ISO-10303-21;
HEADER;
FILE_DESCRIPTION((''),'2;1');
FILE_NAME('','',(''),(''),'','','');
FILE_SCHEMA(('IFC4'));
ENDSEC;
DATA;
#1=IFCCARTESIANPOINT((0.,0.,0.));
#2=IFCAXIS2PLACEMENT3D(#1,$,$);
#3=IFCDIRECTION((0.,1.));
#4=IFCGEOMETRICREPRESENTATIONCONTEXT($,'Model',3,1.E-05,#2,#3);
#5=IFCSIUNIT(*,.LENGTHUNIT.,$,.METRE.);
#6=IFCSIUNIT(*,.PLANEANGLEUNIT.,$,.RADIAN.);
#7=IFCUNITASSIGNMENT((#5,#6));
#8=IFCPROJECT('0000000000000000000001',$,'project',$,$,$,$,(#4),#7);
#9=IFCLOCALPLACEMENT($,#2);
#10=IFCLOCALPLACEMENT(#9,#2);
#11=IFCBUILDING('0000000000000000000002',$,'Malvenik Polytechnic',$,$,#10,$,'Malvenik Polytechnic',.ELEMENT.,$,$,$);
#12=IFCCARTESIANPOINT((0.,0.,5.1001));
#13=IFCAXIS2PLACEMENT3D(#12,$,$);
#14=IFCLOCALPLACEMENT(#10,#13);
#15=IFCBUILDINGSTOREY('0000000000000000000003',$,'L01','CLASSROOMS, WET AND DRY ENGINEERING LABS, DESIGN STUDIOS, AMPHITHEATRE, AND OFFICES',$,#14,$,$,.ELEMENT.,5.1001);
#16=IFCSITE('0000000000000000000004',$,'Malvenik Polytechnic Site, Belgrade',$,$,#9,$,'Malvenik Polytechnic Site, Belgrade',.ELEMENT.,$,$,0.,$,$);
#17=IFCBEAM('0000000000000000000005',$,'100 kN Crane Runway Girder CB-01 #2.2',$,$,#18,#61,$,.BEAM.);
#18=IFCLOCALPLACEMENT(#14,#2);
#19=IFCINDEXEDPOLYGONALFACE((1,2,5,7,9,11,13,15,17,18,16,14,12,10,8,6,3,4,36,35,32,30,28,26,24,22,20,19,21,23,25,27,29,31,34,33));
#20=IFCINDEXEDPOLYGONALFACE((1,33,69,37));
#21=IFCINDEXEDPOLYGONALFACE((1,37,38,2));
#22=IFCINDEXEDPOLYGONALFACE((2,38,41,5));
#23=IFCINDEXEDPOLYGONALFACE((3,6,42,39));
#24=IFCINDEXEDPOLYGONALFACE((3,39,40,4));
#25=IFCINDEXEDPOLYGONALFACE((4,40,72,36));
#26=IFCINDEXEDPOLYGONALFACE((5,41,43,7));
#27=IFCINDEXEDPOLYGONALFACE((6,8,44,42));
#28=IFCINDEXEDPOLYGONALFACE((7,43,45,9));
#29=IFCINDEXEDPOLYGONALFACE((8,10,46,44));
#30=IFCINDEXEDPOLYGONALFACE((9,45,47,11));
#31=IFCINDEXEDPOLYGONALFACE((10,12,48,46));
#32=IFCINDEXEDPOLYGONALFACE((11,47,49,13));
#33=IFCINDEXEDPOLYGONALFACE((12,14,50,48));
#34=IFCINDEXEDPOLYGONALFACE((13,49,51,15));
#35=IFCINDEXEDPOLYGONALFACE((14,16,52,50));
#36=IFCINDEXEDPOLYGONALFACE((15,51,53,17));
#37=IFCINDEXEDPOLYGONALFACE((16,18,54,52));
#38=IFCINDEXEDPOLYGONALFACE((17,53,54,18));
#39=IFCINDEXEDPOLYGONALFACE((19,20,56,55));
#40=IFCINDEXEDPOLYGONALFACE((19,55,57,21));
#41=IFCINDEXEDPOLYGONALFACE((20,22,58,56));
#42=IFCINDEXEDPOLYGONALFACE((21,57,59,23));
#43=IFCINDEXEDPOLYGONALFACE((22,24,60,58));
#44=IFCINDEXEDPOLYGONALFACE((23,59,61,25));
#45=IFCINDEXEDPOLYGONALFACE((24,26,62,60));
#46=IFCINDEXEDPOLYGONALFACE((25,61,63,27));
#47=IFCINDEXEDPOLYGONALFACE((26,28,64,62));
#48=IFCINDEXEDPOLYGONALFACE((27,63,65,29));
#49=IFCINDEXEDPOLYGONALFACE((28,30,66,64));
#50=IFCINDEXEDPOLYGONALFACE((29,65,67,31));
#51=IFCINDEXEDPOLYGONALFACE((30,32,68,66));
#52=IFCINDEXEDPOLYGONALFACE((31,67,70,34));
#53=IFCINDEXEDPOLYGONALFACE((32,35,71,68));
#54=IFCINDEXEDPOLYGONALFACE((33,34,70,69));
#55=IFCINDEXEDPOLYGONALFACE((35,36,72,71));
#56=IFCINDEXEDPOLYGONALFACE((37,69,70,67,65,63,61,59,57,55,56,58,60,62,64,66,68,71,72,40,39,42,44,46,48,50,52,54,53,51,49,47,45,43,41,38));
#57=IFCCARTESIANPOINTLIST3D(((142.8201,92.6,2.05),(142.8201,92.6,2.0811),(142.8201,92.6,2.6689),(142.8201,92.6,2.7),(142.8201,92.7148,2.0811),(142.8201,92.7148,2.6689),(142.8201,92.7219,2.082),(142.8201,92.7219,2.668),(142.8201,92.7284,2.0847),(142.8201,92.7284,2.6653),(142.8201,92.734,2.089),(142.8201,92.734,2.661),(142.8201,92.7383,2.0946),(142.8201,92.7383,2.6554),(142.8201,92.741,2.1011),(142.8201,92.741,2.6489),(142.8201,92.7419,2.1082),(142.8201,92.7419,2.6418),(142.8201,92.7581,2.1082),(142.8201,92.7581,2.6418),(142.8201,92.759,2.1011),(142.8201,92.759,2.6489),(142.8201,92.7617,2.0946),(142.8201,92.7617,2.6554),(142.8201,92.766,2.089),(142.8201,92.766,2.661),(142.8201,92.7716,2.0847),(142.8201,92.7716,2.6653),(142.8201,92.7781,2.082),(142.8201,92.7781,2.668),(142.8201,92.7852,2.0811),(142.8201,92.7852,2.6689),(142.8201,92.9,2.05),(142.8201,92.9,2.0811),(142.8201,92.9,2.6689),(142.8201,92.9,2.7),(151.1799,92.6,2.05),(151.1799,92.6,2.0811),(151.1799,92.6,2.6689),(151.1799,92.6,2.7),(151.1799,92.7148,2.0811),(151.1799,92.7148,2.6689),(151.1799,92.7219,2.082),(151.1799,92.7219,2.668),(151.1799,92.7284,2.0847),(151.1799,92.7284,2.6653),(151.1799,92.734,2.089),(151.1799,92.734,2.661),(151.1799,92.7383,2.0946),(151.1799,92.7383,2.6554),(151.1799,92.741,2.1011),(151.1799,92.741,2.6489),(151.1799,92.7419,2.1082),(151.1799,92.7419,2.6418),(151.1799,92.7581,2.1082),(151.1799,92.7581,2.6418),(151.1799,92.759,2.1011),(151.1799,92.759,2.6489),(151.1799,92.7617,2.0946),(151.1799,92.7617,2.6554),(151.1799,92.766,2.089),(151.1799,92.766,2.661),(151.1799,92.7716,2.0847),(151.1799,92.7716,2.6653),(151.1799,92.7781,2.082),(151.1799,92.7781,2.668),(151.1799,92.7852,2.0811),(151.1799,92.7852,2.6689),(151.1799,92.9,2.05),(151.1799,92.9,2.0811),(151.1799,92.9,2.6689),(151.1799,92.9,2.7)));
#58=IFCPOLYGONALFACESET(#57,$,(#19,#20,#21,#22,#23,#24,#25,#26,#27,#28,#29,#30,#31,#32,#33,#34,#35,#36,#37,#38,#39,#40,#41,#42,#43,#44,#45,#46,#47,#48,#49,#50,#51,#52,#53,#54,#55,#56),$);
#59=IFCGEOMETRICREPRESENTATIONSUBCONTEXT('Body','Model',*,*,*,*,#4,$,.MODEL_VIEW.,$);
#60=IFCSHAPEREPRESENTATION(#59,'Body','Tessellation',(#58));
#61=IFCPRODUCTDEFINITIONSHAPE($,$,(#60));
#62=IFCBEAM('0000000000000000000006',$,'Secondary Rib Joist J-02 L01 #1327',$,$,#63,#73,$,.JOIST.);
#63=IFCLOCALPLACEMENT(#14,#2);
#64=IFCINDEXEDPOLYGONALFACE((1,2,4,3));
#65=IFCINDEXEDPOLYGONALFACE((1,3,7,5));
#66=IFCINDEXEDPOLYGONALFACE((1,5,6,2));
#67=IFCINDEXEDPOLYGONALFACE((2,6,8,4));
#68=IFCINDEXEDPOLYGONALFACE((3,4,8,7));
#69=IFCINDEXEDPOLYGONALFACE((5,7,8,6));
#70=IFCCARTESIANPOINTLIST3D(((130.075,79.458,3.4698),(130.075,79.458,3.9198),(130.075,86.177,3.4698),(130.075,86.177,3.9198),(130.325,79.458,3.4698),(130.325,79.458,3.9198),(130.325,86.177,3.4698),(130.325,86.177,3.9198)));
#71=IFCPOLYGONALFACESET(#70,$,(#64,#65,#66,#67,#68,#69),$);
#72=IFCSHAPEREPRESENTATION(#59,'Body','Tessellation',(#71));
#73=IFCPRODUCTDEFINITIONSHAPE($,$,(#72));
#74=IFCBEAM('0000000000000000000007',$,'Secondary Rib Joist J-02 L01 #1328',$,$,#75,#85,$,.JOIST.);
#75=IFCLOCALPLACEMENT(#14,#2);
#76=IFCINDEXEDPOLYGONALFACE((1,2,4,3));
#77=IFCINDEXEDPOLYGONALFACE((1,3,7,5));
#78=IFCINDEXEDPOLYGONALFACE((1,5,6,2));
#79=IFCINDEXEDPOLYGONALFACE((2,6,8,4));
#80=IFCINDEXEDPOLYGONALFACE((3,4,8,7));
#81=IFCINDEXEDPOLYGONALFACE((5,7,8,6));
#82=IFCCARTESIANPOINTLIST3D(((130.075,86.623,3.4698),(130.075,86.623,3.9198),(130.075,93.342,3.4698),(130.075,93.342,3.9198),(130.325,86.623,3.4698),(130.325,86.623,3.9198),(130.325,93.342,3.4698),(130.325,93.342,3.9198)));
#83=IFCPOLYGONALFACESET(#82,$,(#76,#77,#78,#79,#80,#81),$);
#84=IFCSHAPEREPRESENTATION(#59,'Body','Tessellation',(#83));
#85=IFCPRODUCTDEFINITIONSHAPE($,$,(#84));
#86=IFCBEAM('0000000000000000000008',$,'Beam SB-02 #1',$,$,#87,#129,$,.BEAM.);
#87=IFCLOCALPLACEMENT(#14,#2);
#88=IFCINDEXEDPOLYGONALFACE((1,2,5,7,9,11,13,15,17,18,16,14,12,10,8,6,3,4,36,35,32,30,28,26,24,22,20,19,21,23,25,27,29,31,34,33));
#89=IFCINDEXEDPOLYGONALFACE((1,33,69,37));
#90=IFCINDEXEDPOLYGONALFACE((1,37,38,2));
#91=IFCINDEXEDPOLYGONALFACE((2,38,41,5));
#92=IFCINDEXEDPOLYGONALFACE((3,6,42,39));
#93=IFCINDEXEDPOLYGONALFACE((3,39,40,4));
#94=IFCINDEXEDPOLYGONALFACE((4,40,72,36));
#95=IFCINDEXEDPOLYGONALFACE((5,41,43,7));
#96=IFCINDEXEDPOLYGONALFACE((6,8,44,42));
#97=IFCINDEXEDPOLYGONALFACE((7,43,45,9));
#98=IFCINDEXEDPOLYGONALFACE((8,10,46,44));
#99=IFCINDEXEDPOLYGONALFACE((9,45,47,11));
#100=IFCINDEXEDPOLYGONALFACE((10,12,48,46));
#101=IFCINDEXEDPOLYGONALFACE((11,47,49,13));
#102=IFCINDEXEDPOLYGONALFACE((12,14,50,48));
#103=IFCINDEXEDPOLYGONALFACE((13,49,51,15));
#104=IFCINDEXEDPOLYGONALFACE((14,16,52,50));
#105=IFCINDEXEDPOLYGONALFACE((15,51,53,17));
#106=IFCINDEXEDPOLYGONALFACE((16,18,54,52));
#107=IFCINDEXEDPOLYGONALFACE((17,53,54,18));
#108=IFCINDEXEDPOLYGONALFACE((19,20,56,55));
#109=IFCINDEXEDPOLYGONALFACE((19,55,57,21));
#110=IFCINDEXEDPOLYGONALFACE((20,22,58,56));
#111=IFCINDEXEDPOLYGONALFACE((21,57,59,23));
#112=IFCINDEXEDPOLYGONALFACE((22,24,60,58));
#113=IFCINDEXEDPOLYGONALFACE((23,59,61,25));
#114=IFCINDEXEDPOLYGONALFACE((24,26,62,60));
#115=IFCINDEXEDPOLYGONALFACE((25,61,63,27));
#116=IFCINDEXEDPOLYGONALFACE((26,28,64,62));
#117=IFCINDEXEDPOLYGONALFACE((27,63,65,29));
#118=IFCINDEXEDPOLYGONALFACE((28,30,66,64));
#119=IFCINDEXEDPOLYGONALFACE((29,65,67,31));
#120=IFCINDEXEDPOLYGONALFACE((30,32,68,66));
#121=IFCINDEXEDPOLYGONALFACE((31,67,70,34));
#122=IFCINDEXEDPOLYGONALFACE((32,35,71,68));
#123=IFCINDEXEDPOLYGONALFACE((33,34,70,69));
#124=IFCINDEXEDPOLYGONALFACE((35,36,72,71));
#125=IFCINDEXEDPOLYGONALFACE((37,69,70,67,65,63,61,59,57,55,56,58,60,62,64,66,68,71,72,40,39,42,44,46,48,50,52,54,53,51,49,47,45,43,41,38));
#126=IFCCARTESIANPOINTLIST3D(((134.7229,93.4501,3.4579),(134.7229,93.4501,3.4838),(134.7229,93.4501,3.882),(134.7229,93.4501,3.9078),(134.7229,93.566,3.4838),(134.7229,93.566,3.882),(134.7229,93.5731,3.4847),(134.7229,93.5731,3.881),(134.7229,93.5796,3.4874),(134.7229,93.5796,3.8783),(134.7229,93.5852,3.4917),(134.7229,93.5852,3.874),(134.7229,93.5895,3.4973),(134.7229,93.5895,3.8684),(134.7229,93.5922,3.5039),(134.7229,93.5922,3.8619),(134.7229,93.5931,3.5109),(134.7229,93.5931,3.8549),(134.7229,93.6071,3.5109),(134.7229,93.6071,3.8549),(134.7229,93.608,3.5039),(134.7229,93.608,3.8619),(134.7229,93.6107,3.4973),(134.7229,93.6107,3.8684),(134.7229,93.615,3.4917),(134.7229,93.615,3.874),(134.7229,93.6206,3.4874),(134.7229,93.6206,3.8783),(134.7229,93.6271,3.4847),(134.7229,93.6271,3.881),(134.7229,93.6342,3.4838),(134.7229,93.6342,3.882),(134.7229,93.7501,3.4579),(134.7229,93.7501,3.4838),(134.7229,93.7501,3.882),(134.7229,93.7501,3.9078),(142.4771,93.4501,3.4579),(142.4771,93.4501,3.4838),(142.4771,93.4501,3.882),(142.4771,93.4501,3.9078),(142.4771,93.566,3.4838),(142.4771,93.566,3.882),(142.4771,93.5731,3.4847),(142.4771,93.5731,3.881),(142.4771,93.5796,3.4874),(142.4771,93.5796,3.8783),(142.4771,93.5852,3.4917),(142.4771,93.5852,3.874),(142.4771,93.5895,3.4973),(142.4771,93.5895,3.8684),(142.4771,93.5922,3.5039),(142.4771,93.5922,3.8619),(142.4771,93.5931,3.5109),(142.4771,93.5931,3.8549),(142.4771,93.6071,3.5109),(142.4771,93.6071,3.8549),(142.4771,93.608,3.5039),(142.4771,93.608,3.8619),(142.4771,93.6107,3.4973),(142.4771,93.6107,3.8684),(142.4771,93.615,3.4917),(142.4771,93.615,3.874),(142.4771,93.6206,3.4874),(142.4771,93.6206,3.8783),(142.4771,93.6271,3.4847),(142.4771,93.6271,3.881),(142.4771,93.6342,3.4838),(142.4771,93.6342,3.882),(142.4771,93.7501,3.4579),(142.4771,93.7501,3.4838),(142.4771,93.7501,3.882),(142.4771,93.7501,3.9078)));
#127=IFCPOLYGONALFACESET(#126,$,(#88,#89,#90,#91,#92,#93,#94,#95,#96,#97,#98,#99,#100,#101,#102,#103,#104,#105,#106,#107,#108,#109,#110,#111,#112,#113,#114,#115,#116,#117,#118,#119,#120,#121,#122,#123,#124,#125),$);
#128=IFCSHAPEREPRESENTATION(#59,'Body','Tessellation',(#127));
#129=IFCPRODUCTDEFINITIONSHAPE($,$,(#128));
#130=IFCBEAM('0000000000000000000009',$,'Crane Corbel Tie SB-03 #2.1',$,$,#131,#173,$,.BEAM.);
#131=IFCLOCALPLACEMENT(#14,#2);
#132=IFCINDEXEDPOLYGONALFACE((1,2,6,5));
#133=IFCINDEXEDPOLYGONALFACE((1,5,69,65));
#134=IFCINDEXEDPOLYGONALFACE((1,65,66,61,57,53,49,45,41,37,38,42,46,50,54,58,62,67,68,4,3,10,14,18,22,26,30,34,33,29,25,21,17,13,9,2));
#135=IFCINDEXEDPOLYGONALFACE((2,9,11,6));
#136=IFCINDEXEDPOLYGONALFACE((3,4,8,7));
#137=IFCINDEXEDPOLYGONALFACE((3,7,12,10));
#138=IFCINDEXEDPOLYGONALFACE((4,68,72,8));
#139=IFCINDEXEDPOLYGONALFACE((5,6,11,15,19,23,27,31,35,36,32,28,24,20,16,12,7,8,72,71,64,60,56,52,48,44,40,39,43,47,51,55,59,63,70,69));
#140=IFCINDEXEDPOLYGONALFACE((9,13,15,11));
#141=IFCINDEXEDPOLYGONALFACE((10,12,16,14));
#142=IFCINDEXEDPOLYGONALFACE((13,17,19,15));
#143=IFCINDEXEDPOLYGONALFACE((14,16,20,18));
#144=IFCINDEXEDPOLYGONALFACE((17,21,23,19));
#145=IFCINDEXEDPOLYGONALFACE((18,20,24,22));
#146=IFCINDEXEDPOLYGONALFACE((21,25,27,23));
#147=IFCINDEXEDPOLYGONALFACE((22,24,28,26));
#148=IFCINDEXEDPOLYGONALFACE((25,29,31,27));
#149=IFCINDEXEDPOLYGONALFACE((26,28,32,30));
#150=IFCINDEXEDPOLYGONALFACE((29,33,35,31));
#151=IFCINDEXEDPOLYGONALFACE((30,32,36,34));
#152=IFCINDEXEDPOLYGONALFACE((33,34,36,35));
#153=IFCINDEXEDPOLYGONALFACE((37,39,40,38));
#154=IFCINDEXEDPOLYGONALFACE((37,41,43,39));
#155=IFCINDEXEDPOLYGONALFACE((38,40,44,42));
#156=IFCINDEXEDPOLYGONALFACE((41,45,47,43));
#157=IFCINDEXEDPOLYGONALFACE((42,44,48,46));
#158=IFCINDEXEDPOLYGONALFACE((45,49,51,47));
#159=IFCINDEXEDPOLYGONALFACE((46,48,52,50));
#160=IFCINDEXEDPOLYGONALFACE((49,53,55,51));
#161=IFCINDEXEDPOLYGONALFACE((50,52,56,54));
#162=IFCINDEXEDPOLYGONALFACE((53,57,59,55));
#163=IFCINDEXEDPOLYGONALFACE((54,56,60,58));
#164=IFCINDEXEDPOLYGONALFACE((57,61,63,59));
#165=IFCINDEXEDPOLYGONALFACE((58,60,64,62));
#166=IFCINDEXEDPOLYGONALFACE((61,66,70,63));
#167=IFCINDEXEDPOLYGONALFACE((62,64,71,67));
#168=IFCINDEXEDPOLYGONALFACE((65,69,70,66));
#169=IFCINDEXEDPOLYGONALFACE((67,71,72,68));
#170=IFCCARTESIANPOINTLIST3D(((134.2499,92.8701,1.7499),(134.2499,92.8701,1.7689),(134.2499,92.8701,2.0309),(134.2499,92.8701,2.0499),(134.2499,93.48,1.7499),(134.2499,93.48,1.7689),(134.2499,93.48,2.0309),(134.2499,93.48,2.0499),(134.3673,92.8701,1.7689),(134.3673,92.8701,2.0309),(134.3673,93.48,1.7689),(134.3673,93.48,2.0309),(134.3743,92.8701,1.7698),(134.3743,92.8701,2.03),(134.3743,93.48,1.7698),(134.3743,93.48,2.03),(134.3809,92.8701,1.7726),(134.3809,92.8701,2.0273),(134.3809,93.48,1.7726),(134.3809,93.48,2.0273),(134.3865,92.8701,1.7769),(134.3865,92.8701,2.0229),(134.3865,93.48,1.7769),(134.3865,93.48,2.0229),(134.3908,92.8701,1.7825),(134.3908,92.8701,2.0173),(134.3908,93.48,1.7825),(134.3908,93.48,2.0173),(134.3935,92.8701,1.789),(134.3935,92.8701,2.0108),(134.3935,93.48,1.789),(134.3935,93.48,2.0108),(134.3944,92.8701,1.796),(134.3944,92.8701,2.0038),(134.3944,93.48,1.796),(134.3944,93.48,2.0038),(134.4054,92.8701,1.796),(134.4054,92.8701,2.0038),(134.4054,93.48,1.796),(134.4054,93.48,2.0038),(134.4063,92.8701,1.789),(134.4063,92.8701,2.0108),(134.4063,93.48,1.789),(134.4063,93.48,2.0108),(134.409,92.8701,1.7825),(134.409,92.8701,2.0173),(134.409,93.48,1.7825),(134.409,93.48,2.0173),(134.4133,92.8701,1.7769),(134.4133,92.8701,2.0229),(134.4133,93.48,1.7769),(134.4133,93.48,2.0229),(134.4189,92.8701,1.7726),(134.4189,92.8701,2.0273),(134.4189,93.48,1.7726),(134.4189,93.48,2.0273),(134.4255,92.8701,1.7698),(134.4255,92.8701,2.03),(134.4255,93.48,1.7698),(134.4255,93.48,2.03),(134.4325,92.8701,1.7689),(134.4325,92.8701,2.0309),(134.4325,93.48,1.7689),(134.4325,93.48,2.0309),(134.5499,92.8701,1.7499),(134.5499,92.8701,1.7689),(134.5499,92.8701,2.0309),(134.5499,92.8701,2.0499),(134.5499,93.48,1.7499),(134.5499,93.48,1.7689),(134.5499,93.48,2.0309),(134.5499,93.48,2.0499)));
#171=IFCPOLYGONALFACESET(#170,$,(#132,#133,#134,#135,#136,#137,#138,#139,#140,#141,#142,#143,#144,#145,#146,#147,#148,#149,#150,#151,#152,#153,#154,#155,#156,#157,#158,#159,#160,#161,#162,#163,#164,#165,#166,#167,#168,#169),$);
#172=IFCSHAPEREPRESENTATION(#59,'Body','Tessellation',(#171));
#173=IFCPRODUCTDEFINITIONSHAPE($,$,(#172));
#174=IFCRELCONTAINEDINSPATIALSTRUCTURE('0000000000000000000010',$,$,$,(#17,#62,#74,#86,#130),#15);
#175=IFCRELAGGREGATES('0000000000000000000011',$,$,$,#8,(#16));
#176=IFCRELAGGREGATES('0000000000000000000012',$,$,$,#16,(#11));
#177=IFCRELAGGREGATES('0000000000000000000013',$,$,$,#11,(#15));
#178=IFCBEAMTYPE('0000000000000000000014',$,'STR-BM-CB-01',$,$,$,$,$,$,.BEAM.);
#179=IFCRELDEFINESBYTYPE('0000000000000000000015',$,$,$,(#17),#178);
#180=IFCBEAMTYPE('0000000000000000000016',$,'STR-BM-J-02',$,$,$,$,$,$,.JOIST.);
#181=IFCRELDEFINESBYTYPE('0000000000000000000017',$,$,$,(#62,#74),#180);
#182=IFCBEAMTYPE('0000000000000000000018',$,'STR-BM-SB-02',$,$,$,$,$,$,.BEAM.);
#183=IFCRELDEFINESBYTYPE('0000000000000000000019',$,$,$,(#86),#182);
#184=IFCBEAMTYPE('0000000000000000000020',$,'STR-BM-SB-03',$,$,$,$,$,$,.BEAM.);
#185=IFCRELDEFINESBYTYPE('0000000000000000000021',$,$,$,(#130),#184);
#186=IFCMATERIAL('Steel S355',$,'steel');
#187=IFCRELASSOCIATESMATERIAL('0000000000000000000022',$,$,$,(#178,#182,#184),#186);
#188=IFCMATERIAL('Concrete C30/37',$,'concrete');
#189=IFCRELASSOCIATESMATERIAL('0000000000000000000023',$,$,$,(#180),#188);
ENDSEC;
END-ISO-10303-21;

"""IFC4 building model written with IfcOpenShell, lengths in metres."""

from ifc_helpers import new_model, si_unit, direction, frame, origin, origin_2d, place, context, subcontext, project, spatial, rectangle, i_section, extrude, material, material_profile, profile_set, type_object, element, save


model = new_model("IFC4")

# Units and contexts
model_context = context("Model", 3, precision=1e-05, world=origin(), true_north=direction((0.0, 1.0)))
body_context = subcontext(model_context, "Body", "Model", "MODEL_VIEW")
ifc_project = project(units=[si_unit("LENGTHUNIT", "METRE"), si_unit("PLANEANGLEUNIT", "RADIAN")], contexts=[model_context])

# Site, building, storey
site_placement = place(None, origin())
site = spatial("IfcSite", under=ifc_project, at=site_placement, Name="Malvenik Polytechnic Site, Belgrade", LongName="Malvenik Polytechnic Site, Belgrade", CompositionType="ELEMENT", RefElevation=0.0)
building_placement = place(site_placement, origin())
building = spatial("IfcBuilding", under=site, at=building_placement, Name="Malvenik Polytechnic", LongName="Malvenik Polytechnic", CompositionType="ELEMENT")
storey_placement = place(building_placement, frame((0.0, 0.0, 5.1001)))
storey = spatial("IfcBuildingStorey", under=building, at=storey_placement, Name="L01", Description="CLASSROOMS, WET AND DRY ENGINEERING LABS, DESIGN STUDIOS, AMPHITHEATRE, AND OFFICES", CompositionType="ELEMENT", Elevation=5.1001)

# Beams
ifc_material_1 = material(Name="Steel S355", Category="steel")
ifc_material_profile_1 = material_profile(ifc_material_1, i_section(OverallWidth=0.3, OverallDepth=0.6499, WebThickness=0.0161, FlangeThickness=0.031, FilletRadius=0.0271, at=origin_2d()), Name="HEB 650")
ifc_profile_set_1 = profile_set([ifc_material_profile_1], Name="Steel S355")
beam_type_1 = type_object("IfcBeamType", Name="STR-BM-CB-01", PredefinedType="BEAM", material=ifc_profile_set_1)
beam_1_placement = place(storey_placement, frame((142.8201, 92.75, 2.375), z_axis=(1.0, 0.0, 0.0), x_axis=(0.0, 1.0, 0.0)))
element("IfcBeam", 1, at=beam_1_placement, inside=storey, type_object=beam_type_1, Name="100 kN Crane Runway Girder CB-01 #2.2", PredefinedType="BEAM", context=body_context, shape_type="SweptSolid", body=[
    extrude(i_section(OverallWidth=0.3, OverallDepth=0.6499, WebThickness=0.0161, FlangeThickness=0.031, FilletRadius=0.0271, at=origin_2d()), origin(), (0.0, 0.0, 1.0), 8.3599),
])
ifc_material_2 = material(Name="Concrete C30/37", Category="concrete")
ifc_material_profile_2 = material_profile(ifc_material_2, rectangle(XDim=0.25, YDim=0.45, at=origin_2d()), Name="RC JST 250x450")
ifc_profile_set_2 = profile_set([ifc_material_profile_2], Name="Concrete C30/37")
beam_type_2 = type_object("IfcBeamType", Name="STR-BM-J-02", PredefinedType="JOIST", material=ifc_profile_set_2)
for number, where, z_axis, x_axis, name in (
    (2, (130.2, 79.458, 3.6948), (0.0, 1.0, 0.0), (-1.0, 0.0, 0.0), "Secondary Rib Joist J-02 L01 #1327"),
    (3, (130.2, 86.623, 3.6948), (0.0, 1.0, 0.0), (-1.0, 0.0, 0.0), "Secondary Rib Joist J-02 L01 #1328"),
):
    element("IfcBeam", number, at=place(storey_placement, frame(where, z_axis=z_axis, x_axis=x_axis)), inside=storey, type_object=beam_type_2, Name=name, PredefinedType="JOIST", context=body_context, shape_type="SweptSolid", body=[
        extrude(rectangle(XDim=0.25, YDim=0.45, at=origin_2d()), origin(), (0.0, 0.0, 1.0), 6.719),
    ])
ifc_material_profile_3 = material_profile(ifc_material_1, i_section(OverallWidth=0.3, OverallDepth=0.45, WebThickness=0.0139, FlangeThickness=0.0259, FilletRadius=0.0271, at=origin_2d()), Name="HEB 450")
ifc_profile_set_3 = profile_set([ifc_material_profile_3], Name="Steel S355")
beam_type_3 = type_object("IfcBeamType", Name="STR-BM-SB-02", PredefinedType="BEAM", material=ifc_profile_set_3)
beam_2_placement = place(storey_placement, frame((134.7229, 93.6001, 3.6829), z_axis=(1.0, 0.0, 0.0), x_axis=(0.0, 1.0, 0.0)))
element("IfcBeam", 4, at=beam_2_placement, inside=storey, type_object=beam_type_3, Name="Beam SB-02 #1", PredefinedType="BEAM", context=body_context, shape_type="SweptSolid", body=[
    extrude(i_section(OverallWidth=0.3, OverallDepth=0.45, WebThickness=0.0139, FlangeThickness=0.0259, FilletRadius=0.0271, at=origin_2d()), origin(), (0.0, 0.0, 1.0), 7.7542),
])
ifc_material_profile_4 = material_profile(ifc_material_1, i_section(OverallWidth=0.3, OverallDepth=0.3, WebThickness=0.011, FlangeThickness=0.019, FilletRadius=0.0271, at=origin_2d()), Name="HEB 300")
ifc_profile_set_4 = profile_set([ifc_material_profile_4], Name="Steel S355")
beam_type_4 = type_object("IfcBeamType", Name="STR-BM-SB-03", PredefinedType="BEAM", material=ifc_profile_set_4)
for number, where, z_axis, x_axis, name in (
    (5, (134.3999, 92.8701, 1.8999), (0.0, 1.0, 0.0), (-1.0, 0.0, 0.0), "Crane Corbel Tie SB-03 #2.1"),
):
    element("IfcBeam", number, at=place(storey_placement, frame(where, z_axis=z_axis, x_axis=x_axis)), inside=storey, type_object=beam_type_4, Name=name, PredefinedType="BEAM", context=body_context, shape_type="SweptSolid", body=[
        extrude(i_section(OverallWidth=0.3, OverallDepth=0.3, WebThickness=0.011, FlangeThickness=0.019, FilletRadius=0.0271, at=origin_2d()), origin(), (0.0, 0.0, 1.0), 0.6099),
    ])

save(model, "model.ifc")
